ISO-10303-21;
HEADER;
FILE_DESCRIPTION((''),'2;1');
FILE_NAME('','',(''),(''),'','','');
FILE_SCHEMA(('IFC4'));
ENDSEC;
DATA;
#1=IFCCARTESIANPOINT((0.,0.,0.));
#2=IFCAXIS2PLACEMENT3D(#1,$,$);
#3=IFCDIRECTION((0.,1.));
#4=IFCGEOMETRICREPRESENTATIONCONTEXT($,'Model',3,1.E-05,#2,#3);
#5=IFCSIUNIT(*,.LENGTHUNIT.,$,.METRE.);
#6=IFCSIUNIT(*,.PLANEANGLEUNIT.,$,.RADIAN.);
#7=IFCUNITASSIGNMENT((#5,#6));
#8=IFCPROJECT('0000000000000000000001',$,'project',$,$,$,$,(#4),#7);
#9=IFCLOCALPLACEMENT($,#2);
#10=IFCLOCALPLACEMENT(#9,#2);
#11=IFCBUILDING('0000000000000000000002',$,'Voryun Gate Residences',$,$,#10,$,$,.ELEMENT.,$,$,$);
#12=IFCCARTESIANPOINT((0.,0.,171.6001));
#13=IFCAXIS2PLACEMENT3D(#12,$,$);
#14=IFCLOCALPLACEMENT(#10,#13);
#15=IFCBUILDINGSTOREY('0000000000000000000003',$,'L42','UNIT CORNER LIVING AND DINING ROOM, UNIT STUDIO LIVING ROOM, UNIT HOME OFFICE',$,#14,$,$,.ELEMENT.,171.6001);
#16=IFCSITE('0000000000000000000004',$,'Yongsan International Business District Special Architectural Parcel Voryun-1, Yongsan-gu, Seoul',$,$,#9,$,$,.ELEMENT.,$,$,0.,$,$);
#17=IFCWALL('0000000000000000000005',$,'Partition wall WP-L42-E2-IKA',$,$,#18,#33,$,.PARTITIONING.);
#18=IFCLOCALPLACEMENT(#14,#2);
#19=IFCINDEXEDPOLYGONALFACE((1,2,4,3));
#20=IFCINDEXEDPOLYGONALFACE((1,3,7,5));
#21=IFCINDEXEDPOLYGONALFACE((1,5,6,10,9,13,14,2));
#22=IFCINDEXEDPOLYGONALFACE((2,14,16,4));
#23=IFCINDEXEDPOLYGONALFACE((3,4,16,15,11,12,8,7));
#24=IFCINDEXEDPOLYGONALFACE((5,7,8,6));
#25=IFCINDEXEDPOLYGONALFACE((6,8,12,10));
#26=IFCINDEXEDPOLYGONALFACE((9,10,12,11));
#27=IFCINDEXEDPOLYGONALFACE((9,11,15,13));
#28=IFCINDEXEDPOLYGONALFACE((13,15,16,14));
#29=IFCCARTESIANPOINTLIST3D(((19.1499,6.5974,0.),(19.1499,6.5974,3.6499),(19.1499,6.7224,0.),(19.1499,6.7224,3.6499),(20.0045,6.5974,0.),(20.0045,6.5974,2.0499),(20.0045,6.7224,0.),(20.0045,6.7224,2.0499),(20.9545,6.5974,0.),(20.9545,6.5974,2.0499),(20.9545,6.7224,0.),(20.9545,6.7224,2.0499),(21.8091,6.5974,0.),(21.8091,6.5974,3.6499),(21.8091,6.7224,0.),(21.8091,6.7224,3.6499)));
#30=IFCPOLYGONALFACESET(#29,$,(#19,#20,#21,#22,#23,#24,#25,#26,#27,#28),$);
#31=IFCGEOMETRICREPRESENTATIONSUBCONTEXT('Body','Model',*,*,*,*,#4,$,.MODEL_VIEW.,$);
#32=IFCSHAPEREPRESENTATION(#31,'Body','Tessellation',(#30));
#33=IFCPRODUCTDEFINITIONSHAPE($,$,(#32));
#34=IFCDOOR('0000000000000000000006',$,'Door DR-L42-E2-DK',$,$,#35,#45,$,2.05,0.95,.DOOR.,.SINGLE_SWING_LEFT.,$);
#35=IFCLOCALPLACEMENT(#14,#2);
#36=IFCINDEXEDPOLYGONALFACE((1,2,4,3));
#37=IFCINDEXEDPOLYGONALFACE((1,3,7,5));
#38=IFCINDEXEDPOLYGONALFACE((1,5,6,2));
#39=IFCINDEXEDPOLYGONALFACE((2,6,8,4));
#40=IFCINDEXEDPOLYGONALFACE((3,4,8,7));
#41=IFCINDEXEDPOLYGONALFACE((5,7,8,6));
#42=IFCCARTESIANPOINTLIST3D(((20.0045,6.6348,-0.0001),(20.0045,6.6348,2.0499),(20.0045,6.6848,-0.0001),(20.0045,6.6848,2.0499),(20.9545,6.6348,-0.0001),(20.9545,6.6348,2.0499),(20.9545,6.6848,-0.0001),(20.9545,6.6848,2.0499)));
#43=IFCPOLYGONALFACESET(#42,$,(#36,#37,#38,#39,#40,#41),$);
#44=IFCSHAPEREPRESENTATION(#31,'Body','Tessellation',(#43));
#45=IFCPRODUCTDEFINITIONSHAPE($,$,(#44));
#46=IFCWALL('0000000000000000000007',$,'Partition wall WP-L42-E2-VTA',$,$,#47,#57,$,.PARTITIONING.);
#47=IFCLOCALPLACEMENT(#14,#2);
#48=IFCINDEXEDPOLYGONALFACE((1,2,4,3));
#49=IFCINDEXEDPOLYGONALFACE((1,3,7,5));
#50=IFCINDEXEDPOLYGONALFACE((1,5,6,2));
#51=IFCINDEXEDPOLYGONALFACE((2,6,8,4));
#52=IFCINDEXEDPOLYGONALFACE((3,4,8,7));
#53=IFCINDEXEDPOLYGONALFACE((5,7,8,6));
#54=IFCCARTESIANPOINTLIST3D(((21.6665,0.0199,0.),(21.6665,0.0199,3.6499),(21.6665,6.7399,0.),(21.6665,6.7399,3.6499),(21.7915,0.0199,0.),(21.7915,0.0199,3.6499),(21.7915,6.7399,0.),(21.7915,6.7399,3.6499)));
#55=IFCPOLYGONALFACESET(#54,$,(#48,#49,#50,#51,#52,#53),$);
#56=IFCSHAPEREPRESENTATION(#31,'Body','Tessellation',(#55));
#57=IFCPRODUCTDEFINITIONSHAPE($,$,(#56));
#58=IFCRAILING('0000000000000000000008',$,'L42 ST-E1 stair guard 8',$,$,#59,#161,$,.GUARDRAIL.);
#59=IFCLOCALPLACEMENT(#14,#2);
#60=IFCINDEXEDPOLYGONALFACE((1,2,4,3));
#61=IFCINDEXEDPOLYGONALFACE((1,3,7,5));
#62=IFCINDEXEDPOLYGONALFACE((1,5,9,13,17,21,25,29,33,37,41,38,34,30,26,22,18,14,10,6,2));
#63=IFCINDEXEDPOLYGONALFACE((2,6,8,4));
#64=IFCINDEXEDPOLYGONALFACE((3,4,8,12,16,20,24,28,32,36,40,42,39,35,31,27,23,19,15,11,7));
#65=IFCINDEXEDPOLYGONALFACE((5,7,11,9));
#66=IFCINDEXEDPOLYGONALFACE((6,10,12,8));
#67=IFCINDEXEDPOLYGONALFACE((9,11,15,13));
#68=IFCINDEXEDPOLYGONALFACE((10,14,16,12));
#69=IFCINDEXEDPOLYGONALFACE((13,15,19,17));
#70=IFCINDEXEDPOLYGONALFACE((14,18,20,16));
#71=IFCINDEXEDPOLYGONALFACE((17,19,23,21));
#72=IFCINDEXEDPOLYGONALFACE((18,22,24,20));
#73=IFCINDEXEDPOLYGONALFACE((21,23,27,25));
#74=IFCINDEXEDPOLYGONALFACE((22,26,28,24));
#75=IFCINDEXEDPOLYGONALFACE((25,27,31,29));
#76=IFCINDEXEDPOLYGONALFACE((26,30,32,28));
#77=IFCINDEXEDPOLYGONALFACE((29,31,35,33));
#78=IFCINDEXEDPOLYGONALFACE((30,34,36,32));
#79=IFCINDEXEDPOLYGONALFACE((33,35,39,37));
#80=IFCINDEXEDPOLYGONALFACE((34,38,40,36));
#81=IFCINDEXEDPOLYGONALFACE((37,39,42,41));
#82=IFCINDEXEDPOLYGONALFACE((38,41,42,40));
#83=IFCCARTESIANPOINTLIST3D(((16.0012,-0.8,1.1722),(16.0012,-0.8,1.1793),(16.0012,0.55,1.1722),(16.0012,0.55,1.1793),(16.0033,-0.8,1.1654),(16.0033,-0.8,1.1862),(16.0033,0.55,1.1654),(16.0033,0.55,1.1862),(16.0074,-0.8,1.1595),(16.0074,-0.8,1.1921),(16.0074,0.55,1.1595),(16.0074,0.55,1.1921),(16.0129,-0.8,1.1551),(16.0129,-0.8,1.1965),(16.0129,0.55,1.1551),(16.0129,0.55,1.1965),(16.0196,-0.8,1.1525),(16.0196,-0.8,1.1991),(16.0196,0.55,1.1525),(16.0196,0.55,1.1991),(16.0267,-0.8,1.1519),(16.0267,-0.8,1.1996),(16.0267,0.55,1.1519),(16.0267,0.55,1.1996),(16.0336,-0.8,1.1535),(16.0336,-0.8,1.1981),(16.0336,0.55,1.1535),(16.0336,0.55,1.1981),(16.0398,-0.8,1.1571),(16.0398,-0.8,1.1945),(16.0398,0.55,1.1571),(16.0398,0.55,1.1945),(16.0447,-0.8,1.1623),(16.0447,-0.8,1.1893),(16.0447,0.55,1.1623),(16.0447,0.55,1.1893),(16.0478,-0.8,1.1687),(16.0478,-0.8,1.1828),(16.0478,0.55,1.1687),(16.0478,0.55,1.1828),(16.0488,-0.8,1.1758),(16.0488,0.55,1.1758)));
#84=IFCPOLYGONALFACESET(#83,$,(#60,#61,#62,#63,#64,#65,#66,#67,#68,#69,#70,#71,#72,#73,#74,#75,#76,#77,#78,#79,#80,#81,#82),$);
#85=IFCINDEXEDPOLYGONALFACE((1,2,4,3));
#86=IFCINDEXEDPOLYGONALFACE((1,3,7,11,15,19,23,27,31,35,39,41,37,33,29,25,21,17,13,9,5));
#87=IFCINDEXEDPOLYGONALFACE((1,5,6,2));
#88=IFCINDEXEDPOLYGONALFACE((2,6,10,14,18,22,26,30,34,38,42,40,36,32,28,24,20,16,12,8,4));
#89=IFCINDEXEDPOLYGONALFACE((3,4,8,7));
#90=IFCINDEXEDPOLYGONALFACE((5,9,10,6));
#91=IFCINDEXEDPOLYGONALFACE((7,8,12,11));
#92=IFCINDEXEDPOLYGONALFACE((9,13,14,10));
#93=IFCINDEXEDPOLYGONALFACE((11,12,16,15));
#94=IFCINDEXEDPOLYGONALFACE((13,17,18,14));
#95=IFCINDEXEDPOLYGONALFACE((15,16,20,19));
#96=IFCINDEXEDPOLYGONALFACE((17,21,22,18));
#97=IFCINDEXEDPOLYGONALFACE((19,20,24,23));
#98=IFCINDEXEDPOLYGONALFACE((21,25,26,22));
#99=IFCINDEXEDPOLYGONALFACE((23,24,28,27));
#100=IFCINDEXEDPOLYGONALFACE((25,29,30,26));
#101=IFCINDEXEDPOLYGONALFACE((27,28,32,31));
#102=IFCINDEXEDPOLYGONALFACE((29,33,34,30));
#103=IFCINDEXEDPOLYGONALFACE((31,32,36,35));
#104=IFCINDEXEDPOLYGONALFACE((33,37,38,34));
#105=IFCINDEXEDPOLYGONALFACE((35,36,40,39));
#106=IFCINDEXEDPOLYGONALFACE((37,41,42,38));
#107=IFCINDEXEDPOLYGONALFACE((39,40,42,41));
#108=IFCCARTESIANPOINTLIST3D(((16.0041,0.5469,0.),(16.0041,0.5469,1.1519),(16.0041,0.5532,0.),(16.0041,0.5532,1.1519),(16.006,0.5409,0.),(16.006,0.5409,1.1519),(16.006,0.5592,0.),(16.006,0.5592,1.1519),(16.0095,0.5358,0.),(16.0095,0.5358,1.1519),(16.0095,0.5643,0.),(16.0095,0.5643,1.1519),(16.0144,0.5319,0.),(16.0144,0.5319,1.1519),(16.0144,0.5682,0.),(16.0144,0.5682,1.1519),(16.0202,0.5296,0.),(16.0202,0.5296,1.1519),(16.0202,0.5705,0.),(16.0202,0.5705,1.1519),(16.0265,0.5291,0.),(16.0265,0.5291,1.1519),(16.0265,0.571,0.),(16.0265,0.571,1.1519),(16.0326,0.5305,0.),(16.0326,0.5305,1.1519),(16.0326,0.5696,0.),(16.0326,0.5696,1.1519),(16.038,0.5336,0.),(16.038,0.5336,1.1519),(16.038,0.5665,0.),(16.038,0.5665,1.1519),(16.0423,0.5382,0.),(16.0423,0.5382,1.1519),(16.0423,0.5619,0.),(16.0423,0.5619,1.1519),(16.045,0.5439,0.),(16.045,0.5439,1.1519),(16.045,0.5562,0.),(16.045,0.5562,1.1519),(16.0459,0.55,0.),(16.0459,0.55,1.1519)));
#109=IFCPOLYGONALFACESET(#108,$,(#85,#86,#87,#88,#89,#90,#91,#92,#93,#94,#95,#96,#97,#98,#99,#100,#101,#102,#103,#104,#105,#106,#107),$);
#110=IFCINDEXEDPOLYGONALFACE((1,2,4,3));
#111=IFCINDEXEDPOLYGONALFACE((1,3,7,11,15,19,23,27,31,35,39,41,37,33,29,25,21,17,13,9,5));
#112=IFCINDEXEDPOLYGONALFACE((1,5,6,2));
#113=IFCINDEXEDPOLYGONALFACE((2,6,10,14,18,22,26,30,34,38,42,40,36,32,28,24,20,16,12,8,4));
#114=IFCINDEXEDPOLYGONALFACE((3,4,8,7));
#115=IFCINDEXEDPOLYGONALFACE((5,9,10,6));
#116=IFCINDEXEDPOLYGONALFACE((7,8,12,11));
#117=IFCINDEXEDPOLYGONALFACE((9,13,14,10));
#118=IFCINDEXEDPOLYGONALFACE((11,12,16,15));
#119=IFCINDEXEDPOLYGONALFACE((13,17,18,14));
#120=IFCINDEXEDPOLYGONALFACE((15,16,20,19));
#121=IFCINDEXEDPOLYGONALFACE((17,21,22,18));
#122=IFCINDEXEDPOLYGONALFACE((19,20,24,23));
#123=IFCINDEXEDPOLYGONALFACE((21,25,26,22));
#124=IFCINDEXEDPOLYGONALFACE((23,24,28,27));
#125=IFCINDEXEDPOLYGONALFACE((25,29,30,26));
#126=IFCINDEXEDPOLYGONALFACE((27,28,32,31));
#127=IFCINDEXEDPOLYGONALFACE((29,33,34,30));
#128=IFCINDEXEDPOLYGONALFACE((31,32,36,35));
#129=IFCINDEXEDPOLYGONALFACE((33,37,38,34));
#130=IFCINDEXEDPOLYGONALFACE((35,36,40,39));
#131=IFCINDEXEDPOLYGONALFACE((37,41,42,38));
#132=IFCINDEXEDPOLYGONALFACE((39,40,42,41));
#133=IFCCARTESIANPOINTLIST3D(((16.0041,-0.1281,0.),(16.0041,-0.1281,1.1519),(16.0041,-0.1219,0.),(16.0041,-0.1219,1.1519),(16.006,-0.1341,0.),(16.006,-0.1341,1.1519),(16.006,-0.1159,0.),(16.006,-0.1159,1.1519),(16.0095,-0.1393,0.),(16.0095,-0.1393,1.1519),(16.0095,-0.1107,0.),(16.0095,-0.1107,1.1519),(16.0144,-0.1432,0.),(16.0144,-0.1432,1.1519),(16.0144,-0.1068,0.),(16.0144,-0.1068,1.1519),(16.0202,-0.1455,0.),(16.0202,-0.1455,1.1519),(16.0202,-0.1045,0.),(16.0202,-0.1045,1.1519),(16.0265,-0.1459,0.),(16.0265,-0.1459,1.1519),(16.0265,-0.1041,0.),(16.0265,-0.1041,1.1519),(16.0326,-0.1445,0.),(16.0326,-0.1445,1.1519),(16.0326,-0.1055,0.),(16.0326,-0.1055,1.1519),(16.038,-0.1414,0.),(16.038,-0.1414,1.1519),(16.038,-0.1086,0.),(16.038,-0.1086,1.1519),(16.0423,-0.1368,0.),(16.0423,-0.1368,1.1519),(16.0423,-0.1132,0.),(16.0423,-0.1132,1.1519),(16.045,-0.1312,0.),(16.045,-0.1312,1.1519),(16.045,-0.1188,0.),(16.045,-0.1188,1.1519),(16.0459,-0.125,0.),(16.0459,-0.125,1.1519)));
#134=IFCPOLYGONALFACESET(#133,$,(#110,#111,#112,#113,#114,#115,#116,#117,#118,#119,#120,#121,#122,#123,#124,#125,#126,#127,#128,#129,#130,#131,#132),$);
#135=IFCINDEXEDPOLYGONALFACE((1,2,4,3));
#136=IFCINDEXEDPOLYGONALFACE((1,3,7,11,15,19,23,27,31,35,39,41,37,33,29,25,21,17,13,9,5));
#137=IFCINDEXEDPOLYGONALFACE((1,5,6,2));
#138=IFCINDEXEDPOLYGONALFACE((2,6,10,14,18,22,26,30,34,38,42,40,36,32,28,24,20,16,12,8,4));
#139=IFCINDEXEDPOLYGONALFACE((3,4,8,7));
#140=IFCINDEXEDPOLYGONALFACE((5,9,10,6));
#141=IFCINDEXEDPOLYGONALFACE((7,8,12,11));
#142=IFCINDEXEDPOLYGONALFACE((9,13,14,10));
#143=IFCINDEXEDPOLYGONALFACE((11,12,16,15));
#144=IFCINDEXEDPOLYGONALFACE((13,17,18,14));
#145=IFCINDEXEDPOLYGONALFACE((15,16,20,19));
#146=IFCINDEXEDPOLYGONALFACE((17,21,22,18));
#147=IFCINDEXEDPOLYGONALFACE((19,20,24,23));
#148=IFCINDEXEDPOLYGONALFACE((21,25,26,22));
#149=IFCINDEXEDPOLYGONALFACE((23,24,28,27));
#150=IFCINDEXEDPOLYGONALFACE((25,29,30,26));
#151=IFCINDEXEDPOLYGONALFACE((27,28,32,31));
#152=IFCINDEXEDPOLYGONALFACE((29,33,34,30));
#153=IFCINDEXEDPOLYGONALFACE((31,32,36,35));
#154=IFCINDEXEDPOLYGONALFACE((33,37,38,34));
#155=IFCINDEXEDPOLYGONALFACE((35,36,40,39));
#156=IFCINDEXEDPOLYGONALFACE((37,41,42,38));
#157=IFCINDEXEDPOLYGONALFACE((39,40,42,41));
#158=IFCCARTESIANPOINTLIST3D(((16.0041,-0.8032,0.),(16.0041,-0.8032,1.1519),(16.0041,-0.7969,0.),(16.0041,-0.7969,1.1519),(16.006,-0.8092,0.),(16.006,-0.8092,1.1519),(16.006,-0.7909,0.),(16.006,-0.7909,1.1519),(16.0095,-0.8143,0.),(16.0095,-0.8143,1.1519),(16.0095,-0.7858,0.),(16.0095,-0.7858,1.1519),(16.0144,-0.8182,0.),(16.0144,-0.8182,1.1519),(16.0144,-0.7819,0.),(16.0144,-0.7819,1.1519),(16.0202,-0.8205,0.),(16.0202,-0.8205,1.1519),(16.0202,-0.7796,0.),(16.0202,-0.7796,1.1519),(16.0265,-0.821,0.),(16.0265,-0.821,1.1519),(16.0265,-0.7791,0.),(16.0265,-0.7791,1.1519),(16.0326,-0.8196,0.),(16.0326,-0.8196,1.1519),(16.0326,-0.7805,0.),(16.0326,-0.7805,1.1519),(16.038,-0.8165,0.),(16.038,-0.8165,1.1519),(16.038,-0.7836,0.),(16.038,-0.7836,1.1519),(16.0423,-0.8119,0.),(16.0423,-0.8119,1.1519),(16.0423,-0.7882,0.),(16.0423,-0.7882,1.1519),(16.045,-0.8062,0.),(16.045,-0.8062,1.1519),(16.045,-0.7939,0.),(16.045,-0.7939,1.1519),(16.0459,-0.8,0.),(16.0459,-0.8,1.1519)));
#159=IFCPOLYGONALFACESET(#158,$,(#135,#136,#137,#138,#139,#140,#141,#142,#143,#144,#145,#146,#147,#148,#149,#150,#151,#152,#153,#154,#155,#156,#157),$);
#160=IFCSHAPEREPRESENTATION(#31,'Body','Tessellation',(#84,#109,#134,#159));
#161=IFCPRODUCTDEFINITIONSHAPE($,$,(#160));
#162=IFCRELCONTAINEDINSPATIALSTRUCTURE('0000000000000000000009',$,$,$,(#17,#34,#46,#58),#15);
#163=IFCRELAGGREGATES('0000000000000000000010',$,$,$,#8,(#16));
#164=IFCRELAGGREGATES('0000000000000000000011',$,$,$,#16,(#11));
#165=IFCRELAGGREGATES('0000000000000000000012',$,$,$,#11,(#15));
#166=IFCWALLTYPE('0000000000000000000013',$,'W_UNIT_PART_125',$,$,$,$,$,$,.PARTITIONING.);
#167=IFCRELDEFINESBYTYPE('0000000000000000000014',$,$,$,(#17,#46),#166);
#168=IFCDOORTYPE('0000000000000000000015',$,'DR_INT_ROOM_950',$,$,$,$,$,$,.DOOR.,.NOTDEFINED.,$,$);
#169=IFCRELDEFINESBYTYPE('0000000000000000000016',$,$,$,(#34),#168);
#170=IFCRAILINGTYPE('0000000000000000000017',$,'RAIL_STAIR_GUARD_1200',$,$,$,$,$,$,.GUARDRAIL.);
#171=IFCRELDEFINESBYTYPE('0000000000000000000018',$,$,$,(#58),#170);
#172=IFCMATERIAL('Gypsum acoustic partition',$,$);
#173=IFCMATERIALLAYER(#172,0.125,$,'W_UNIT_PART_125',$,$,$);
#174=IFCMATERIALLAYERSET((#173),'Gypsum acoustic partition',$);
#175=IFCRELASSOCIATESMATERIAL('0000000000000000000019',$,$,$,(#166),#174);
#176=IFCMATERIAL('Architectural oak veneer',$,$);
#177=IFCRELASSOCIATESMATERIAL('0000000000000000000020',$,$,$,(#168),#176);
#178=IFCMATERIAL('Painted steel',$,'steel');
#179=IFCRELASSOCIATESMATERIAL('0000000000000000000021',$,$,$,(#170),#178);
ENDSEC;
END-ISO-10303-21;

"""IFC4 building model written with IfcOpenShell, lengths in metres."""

from ifc_helpers import new_model, si_unit, direction, frame, frame_2d, origin, origin_2d, place, context, subcontext, project, spatial, rectangle, circle, extrude, material, layer, layer_set, type_object, element, fill, save


model = new_model("IFC4")

# Units and contexts
model_context = context("Model", 3, precision=1e-05, world=origin(), true_north=direction((0.0, 1.0)))
body_context = subcontext(model_context, "Body", "Model", "MODEL_VIEW")
ifc_project = project(units=[si_unit("LENGTHUNIT", "METRE"), si_unit("PLANEANGLEUNIT", "RADIAN")], contexts=[model_context])

# Site, building, storey
site_placement = place(None, origin())
site = spatial("IfcSite", under=ifc_project, at=site_placement, Name="Yongsan International Business District Special Architectural Parcel Voryun-1, Yongsan-gu, Seoul", CompositionType="ELEMENT", RefElevation=0.0)
building_placement = place(site_placement, origin())
building = spatial("IfcBuilding", under=site, at=building_placement, Name="Voryun Gate Residences", CompositionType="ELEMENT")
storey_placement = place(building_placement, frame((0.0, 0.0, 171.6001)))
storey = spatial("IfcBuildingStorey", under=building, at=storey_placement, Name="L42", Description="UNIT CORNER LIVING AND DINING ROOM, UNIT STUDIO LIVING ROOM, UNIT HOME OFFICE", CompositionType="ELEMENT", Elevation=171.6001)

# Wall, opening, door
ifc_material_1 = material(Name="Gypsum acoustic partition")
ifc_layer_1 = layer(ifc_material_1, 0.125, Name="W_UNIT_PART_125")
ifc_layer_set_1 = layer_set([ifc_layer_1], Name="Gypsum acoustic partition")
wall_type_1 = type_object("IfcWallType", Name="W_UNIT_PART_125", PredefinedType="PARTITIONING", material=ifc_layer_set_1)
wall_1_placement = place(storey_placement, frame((19.1499, 6.6599, 0.0), z_axis=(0.0, 0.0, 1.0), x_axis=(1.0, 0.0, 0.0)))
wall_1 = element("IfcWall", 1, at=wall_1_placement, inside=storey, type_object=wall_type_1, Name="Partition wall WP-L42-E2-IKA", PredefinedType="PARTITIONING", context=body_context, shape_type="SweptSolid", body=[
    extrude(rectangle(XDim=2.6592, YDim=0.125, at=frame_2d((1.3296, 0.0))), origin(), (0.0, 0.0, 1.0), 3.6499),
])
opening_1_placement = place(wall_1_placement, frame((0.8545, 0.0, 0.0)))
opening_1 = element("IfcOpeningElement", 2, at=opening_1_placement, cuts=wall_1, PredefinedType="OPENING", context=body_context, shape_type="SweptSolid", body=[
    extrude(rectangle(XDim=0.95, YDim=2.05, at=frame_2d((0.4751, 1.0249))), frame((0.0, 0.0725, 0.0), z_axis=(0.0, -1.0, 0.0), x_axis=(1.0, 0.0, 0.0)), (0.0, 0.0, 1.0), 0.145),
])
ifc_material_2 = material(Name="Architectural oak veneer")
door_type_1 = type_object("IfcDoorType", Name="DR_INT_ROOM_950", OperationType="NOTDEFINED", PredefinedType="DOOR", material=ifc_material_2)
door_1_placement = place(opening_1_placement, origin())
door_1 = element("IfcDoor", 3, at=door_1_placement, inside=storey, type_object=door_type_1, Name="Door DR-L42-E2-DK", OperationType="SINGLE_SWING_LEFT", OverallHeight=2.05, OverallWidth=0.95, PredefinedType="DOOR", context=body_context, shape_type="SweptSolid", body=[
    extrude(rectangle(XDim=0.95, YDim=2.05, at=frame_2d((0.4751, 1.0249))), frame((0.0, 0.0249, 0.0), z_axis=(0.0, -1.0, 0.0), x_axis=(1.0, 0.0, 0.0)), (0.0, 0.0, 1.0), 0.05),
])
fill(opening_1, door_1)

# Wall
wall_2_placement = place(storey_placement, frame((21.729, 0.02, 0.0), z_axis=(0.0, 0.0, 1.0), x_axis=(0.0, 1.0, 0.0)))
element("IfcWall", 4, at=wall_2_placement, inside=storey, type_object=wall_type_1, Name="Partition wall WP-L42-E2-VTA", PredefinedType="PARTITIONING", context=body_context, shape_type="SweptSolid", body=[
    extrude(rectangle(XDim=6.72, YDim=0.125, at=frame_2d((3.3599, 0.0))), origin(), (0.0, 0.0, 1.0), 3.6499),
])

# Railing
ifc_material_3 = material(Name="Painted steel", Category="steel")
railing_type = type_object("IfcRailingType", Name="RAIL_STAIR_GUARD_1200", PredefinedType="GUARDRAIL", material=ifc_material_3)
for number, where, name in (
    (5, (16.0249, 0.55, 0.0), "L42 ST-E1 stair guard 8"),
):
    element("IfcRailing", number, at=place(storey_placement, frame(where)), inside=storey, type_object=railing_type, Name=name, PredefinedType="GUARDRAIL", context=body_context, shape_type="SweptSolid", body=[
        extrude(circle(Radius=0.0239, at=origin_2d()), frame((0.0, 0.0, 1.1758), z_axis=(0.0, -1.0, 0.0), x_axis=(1.0, 0.0, 0.0)), (0.0, 0.0, 1.0), 1.3501),
        extrude(circle(Radius=0.021, at=origin_2d()), origin(), (0.0, 0.0, 1.0), 1.1519),
        extrude(circle(Radius=0.021, at=origin_2d()), frame((0.0, -0.675, 0.0)), (0.0, 0.0, 1.0), 1.1519),
        extrude(circle(Radius=0.021, at=origin_2d()), frame((0.0, -1.3501, 0.0)), (0.0, 0.0, 1.0), 1.1519),
    ])

save(model, "model.ifc")
